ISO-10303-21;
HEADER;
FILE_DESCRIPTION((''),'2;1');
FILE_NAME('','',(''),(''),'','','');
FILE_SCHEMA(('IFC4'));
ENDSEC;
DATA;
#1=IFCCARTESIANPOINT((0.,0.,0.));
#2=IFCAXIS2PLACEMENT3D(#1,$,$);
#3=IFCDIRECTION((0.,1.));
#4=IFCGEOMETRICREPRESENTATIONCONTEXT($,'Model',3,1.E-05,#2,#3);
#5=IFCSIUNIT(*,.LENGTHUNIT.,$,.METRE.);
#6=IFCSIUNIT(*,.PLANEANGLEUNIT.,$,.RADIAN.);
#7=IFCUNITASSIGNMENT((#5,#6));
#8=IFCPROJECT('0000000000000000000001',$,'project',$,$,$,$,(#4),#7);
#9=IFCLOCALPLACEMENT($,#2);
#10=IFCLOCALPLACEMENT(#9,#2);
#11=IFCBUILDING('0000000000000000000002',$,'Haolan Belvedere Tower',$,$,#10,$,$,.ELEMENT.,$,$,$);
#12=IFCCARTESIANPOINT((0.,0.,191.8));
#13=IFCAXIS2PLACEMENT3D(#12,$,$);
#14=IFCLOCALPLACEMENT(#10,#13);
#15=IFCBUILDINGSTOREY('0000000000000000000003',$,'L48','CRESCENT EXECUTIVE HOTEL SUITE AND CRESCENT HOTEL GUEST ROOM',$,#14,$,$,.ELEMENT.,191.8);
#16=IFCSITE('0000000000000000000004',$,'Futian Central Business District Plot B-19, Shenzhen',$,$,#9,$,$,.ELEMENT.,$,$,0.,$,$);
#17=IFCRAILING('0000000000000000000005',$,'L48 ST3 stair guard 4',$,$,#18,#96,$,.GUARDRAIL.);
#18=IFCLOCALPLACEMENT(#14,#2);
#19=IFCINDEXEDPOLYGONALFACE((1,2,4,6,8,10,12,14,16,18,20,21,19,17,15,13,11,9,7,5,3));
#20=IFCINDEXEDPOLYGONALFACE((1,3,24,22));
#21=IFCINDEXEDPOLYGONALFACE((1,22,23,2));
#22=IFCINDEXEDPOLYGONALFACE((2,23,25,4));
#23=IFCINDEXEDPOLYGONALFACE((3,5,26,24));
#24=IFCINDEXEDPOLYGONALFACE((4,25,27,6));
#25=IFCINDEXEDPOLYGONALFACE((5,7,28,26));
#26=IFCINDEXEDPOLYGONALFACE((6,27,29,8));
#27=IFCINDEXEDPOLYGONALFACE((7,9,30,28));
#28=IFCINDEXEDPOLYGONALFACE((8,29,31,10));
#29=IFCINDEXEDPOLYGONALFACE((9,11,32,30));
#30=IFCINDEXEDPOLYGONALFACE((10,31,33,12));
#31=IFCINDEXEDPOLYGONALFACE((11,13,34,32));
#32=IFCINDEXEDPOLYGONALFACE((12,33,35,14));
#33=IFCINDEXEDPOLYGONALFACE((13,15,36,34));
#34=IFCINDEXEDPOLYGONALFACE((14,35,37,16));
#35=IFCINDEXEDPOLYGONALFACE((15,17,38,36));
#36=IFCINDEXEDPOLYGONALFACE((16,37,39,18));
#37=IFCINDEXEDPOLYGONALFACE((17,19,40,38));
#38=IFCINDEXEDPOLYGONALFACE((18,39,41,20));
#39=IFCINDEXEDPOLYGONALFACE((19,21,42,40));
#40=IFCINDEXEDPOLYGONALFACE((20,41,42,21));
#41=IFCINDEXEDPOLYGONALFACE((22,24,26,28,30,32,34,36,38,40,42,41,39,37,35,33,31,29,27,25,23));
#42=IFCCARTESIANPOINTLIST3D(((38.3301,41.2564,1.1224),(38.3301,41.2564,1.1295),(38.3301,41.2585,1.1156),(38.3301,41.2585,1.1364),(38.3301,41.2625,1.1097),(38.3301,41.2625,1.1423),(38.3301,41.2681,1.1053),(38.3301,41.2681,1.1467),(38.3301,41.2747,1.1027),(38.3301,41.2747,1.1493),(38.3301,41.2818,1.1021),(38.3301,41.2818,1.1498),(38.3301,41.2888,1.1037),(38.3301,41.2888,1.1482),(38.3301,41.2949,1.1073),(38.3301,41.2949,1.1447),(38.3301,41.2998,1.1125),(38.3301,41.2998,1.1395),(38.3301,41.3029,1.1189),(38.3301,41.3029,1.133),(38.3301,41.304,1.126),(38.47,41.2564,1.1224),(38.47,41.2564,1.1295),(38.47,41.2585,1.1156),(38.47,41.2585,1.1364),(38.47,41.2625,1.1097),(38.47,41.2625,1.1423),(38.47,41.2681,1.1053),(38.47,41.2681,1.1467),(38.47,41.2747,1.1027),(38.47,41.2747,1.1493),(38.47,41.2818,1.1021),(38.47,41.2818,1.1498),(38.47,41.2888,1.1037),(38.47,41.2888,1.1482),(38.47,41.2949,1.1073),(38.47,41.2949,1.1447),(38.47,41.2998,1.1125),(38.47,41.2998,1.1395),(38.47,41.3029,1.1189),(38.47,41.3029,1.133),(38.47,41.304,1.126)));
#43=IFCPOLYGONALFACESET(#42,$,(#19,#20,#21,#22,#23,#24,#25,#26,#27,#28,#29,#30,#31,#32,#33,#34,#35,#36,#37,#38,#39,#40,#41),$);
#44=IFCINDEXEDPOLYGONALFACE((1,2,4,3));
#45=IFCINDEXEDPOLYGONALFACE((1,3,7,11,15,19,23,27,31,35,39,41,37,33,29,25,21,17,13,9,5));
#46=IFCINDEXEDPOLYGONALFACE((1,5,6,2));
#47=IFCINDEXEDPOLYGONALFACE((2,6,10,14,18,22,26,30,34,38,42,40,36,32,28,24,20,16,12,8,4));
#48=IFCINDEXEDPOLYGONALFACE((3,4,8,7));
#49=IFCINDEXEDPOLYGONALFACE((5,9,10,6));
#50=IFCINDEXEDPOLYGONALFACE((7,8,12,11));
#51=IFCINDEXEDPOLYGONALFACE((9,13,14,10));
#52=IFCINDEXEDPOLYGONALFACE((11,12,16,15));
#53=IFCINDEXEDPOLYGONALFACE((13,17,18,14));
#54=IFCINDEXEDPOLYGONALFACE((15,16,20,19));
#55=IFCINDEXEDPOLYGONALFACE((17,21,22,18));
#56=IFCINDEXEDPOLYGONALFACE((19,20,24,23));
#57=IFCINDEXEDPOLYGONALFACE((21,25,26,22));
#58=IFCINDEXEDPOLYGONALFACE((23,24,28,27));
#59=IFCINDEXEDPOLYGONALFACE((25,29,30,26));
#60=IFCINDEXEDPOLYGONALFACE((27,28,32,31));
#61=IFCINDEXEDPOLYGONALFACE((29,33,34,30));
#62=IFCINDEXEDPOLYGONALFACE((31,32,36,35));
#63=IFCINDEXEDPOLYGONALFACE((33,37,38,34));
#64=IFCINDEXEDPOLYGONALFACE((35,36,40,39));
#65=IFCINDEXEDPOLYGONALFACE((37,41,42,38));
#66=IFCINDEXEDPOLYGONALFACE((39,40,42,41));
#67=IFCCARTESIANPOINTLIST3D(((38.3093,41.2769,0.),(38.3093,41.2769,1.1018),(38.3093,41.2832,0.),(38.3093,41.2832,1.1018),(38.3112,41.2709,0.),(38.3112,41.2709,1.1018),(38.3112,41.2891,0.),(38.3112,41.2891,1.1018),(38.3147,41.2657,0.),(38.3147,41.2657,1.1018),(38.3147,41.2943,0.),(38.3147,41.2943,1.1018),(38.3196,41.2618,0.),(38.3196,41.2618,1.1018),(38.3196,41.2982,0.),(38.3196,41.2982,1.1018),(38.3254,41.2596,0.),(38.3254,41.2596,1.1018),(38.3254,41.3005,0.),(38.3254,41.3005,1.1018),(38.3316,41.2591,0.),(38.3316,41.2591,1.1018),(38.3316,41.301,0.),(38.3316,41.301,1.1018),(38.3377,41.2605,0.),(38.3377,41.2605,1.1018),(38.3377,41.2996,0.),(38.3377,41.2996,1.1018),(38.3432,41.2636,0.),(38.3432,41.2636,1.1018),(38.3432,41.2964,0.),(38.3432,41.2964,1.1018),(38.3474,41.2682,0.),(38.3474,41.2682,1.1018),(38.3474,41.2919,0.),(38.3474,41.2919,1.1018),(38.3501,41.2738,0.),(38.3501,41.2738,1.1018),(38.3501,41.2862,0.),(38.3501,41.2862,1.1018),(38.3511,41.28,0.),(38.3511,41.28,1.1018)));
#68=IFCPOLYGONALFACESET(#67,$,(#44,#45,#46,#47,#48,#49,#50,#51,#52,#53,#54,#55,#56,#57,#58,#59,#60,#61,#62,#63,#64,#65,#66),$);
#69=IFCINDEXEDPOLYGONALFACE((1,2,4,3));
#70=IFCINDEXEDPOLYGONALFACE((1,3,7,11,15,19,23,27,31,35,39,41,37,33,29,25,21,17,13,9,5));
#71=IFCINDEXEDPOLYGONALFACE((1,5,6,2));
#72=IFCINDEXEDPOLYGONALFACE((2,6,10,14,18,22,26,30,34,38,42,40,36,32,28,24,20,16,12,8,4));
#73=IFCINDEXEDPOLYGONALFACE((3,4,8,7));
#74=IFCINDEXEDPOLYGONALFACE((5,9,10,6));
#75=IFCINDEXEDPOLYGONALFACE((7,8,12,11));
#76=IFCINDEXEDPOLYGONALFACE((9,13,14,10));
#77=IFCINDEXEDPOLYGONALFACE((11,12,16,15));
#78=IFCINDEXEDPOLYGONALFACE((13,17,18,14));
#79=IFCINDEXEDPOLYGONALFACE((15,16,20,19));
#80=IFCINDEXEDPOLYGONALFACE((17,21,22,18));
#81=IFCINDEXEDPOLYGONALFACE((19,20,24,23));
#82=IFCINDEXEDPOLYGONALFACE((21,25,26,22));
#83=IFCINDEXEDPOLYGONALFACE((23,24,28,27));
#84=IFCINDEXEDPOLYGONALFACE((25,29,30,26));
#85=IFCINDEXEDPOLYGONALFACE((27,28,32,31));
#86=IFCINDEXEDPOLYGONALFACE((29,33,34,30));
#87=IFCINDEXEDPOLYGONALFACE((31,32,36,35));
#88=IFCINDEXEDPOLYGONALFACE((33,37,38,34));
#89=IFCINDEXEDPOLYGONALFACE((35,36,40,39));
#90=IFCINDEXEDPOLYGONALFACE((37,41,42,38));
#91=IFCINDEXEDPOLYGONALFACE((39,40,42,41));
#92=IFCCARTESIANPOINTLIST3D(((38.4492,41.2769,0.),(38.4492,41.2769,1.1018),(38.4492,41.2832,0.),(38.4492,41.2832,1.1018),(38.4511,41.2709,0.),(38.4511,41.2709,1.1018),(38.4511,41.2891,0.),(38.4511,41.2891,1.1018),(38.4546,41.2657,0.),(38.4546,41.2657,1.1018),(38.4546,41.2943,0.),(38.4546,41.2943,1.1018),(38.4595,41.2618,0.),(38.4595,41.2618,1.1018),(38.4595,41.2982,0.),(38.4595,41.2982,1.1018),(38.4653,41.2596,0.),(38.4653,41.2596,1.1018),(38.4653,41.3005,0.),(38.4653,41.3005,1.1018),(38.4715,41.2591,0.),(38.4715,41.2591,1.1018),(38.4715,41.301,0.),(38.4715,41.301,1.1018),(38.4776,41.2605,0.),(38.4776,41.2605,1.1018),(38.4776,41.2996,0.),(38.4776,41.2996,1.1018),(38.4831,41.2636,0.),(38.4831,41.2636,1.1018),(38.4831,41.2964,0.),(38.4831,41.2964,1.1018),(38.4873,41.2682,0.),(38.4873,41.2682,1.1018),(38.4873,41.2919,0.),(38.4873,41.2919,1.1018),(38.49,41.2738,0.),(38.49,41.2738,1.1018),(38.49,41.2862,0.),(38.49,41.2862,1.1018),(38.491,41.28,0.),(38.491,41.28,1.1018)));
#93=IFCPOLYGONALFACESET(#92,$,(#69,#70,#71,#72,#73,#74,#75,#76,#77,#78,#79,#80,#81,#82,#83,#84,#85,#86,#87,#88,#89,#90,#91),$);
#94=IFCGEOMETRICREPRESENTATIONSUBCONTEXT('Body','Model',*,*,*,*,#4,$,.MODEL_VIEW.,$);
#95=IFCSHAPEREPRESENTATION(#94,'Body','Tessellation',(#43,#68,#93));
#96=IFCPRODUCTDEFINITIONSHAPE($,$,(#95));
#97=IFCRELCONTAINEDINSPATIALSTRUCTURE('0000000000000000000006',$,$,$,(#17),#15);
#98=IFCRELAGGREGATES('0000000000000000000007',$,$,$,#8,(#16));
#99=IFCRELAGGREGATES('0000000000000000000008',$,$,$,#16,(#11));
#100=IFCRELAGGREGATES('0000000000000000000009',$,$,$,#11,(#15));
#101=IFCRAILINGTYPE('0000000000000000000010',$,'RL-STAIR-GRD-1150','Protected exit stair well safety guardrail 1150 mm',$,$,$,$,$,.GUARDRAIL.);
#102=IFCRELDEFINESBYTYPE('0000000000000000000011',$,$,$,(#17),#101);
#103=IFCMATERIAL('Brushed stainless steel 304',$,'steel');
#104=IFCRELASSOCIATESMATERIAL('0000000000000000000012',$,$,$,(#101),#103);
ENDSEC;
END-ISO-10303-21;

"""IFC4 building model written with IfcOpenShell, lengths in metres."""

from ifc_helpers import new_model, si_unit, direction, frame, origin, origin_2d, place, context, subcontext, project, spatial, circle, extrude, material, type_object, element, save


model = new_model("IFC4")

# Units and contexts
model_context = context("Model", 3, precision=1e-05, world=origin(), true_north=direction((0.0, 1.0)))
body_context = subcontext(model_context, "Body", "Model", "MODEL_VIEW")
ifc_project = project(units=[si_unit("LENGTHUNIT", "METRE"), si_unit("PLANEANGLEUNIT", "RADIAN")], contexts=[model_context])

# Site, building, storey
site_placement = place(None, origin())
site = spatial("IfcSite", under=ifc_project, at=site_placement, Name="Futian Central Business District Plot B-19, Shenzhen", CompositionType="ELEMENT", RefElevation=0.0)
building_placement = place(site_placement, origin())
building = spatial("IfcBuilding", under=site, at=building_placement, Name="Haolan Belvedere Tower", CompositionType="ELEMENT")
storey_placement = place(building_placement, frame((0.0, 0.0, 191.8)))
storey = spatial("IfcBuildingStorey", under=building, at=storey_placement, Name="L48", Description="CRESCENT EXECUTIVE HOTEL SUITE AND CRESCENT HOTEL GUEST ROOM", CompositionType="ELEMENT", Elevation=191.8)

# Railing
ifc_material_1 = material(Name="Brushed stainless steel 304", Category="steel")
railing_type = type_object("IfcRailingType", Name="RL-STAIR-GRD-1150", Description="Protected exit stair well safety guardrail 1150 mm", PredefinedType="GUARDRAIL", material=ifc_material_1)
railing_1_placement = place(storey_placement, frame((38.3301, 41.28, 0.0)))
element("IfcRailing", 1, at=railing_1_placement, inside=storey, type_object=railing_type, Name="L48 ST3 stair guard 4", PredefinedType="GUARDRAIL", context=body_context, shape_type="SweptSolid", body=[
    extrude(circle(Radius=0.0239, at=origin_2d()), frame((0.0, 0.0, 1.126), z_axis=(1.0, 0.0, 0.0), x_axis=(0.0, 1.0, 0.0)), (0.0, 0.0, 1.0), 0.1399),
    extrude(circle(Radius=0.021, at=origin_2d()), origin(), (0.0, 0.0, 1.0), 1.1018),
    extrude(circle(Radius=0.021, at=origin_2d()), frame((0.1399, 0.0, 0.0)), (0.0, 0.0, 1.0), 1.1018),
])

save(model, "model.ifc")
